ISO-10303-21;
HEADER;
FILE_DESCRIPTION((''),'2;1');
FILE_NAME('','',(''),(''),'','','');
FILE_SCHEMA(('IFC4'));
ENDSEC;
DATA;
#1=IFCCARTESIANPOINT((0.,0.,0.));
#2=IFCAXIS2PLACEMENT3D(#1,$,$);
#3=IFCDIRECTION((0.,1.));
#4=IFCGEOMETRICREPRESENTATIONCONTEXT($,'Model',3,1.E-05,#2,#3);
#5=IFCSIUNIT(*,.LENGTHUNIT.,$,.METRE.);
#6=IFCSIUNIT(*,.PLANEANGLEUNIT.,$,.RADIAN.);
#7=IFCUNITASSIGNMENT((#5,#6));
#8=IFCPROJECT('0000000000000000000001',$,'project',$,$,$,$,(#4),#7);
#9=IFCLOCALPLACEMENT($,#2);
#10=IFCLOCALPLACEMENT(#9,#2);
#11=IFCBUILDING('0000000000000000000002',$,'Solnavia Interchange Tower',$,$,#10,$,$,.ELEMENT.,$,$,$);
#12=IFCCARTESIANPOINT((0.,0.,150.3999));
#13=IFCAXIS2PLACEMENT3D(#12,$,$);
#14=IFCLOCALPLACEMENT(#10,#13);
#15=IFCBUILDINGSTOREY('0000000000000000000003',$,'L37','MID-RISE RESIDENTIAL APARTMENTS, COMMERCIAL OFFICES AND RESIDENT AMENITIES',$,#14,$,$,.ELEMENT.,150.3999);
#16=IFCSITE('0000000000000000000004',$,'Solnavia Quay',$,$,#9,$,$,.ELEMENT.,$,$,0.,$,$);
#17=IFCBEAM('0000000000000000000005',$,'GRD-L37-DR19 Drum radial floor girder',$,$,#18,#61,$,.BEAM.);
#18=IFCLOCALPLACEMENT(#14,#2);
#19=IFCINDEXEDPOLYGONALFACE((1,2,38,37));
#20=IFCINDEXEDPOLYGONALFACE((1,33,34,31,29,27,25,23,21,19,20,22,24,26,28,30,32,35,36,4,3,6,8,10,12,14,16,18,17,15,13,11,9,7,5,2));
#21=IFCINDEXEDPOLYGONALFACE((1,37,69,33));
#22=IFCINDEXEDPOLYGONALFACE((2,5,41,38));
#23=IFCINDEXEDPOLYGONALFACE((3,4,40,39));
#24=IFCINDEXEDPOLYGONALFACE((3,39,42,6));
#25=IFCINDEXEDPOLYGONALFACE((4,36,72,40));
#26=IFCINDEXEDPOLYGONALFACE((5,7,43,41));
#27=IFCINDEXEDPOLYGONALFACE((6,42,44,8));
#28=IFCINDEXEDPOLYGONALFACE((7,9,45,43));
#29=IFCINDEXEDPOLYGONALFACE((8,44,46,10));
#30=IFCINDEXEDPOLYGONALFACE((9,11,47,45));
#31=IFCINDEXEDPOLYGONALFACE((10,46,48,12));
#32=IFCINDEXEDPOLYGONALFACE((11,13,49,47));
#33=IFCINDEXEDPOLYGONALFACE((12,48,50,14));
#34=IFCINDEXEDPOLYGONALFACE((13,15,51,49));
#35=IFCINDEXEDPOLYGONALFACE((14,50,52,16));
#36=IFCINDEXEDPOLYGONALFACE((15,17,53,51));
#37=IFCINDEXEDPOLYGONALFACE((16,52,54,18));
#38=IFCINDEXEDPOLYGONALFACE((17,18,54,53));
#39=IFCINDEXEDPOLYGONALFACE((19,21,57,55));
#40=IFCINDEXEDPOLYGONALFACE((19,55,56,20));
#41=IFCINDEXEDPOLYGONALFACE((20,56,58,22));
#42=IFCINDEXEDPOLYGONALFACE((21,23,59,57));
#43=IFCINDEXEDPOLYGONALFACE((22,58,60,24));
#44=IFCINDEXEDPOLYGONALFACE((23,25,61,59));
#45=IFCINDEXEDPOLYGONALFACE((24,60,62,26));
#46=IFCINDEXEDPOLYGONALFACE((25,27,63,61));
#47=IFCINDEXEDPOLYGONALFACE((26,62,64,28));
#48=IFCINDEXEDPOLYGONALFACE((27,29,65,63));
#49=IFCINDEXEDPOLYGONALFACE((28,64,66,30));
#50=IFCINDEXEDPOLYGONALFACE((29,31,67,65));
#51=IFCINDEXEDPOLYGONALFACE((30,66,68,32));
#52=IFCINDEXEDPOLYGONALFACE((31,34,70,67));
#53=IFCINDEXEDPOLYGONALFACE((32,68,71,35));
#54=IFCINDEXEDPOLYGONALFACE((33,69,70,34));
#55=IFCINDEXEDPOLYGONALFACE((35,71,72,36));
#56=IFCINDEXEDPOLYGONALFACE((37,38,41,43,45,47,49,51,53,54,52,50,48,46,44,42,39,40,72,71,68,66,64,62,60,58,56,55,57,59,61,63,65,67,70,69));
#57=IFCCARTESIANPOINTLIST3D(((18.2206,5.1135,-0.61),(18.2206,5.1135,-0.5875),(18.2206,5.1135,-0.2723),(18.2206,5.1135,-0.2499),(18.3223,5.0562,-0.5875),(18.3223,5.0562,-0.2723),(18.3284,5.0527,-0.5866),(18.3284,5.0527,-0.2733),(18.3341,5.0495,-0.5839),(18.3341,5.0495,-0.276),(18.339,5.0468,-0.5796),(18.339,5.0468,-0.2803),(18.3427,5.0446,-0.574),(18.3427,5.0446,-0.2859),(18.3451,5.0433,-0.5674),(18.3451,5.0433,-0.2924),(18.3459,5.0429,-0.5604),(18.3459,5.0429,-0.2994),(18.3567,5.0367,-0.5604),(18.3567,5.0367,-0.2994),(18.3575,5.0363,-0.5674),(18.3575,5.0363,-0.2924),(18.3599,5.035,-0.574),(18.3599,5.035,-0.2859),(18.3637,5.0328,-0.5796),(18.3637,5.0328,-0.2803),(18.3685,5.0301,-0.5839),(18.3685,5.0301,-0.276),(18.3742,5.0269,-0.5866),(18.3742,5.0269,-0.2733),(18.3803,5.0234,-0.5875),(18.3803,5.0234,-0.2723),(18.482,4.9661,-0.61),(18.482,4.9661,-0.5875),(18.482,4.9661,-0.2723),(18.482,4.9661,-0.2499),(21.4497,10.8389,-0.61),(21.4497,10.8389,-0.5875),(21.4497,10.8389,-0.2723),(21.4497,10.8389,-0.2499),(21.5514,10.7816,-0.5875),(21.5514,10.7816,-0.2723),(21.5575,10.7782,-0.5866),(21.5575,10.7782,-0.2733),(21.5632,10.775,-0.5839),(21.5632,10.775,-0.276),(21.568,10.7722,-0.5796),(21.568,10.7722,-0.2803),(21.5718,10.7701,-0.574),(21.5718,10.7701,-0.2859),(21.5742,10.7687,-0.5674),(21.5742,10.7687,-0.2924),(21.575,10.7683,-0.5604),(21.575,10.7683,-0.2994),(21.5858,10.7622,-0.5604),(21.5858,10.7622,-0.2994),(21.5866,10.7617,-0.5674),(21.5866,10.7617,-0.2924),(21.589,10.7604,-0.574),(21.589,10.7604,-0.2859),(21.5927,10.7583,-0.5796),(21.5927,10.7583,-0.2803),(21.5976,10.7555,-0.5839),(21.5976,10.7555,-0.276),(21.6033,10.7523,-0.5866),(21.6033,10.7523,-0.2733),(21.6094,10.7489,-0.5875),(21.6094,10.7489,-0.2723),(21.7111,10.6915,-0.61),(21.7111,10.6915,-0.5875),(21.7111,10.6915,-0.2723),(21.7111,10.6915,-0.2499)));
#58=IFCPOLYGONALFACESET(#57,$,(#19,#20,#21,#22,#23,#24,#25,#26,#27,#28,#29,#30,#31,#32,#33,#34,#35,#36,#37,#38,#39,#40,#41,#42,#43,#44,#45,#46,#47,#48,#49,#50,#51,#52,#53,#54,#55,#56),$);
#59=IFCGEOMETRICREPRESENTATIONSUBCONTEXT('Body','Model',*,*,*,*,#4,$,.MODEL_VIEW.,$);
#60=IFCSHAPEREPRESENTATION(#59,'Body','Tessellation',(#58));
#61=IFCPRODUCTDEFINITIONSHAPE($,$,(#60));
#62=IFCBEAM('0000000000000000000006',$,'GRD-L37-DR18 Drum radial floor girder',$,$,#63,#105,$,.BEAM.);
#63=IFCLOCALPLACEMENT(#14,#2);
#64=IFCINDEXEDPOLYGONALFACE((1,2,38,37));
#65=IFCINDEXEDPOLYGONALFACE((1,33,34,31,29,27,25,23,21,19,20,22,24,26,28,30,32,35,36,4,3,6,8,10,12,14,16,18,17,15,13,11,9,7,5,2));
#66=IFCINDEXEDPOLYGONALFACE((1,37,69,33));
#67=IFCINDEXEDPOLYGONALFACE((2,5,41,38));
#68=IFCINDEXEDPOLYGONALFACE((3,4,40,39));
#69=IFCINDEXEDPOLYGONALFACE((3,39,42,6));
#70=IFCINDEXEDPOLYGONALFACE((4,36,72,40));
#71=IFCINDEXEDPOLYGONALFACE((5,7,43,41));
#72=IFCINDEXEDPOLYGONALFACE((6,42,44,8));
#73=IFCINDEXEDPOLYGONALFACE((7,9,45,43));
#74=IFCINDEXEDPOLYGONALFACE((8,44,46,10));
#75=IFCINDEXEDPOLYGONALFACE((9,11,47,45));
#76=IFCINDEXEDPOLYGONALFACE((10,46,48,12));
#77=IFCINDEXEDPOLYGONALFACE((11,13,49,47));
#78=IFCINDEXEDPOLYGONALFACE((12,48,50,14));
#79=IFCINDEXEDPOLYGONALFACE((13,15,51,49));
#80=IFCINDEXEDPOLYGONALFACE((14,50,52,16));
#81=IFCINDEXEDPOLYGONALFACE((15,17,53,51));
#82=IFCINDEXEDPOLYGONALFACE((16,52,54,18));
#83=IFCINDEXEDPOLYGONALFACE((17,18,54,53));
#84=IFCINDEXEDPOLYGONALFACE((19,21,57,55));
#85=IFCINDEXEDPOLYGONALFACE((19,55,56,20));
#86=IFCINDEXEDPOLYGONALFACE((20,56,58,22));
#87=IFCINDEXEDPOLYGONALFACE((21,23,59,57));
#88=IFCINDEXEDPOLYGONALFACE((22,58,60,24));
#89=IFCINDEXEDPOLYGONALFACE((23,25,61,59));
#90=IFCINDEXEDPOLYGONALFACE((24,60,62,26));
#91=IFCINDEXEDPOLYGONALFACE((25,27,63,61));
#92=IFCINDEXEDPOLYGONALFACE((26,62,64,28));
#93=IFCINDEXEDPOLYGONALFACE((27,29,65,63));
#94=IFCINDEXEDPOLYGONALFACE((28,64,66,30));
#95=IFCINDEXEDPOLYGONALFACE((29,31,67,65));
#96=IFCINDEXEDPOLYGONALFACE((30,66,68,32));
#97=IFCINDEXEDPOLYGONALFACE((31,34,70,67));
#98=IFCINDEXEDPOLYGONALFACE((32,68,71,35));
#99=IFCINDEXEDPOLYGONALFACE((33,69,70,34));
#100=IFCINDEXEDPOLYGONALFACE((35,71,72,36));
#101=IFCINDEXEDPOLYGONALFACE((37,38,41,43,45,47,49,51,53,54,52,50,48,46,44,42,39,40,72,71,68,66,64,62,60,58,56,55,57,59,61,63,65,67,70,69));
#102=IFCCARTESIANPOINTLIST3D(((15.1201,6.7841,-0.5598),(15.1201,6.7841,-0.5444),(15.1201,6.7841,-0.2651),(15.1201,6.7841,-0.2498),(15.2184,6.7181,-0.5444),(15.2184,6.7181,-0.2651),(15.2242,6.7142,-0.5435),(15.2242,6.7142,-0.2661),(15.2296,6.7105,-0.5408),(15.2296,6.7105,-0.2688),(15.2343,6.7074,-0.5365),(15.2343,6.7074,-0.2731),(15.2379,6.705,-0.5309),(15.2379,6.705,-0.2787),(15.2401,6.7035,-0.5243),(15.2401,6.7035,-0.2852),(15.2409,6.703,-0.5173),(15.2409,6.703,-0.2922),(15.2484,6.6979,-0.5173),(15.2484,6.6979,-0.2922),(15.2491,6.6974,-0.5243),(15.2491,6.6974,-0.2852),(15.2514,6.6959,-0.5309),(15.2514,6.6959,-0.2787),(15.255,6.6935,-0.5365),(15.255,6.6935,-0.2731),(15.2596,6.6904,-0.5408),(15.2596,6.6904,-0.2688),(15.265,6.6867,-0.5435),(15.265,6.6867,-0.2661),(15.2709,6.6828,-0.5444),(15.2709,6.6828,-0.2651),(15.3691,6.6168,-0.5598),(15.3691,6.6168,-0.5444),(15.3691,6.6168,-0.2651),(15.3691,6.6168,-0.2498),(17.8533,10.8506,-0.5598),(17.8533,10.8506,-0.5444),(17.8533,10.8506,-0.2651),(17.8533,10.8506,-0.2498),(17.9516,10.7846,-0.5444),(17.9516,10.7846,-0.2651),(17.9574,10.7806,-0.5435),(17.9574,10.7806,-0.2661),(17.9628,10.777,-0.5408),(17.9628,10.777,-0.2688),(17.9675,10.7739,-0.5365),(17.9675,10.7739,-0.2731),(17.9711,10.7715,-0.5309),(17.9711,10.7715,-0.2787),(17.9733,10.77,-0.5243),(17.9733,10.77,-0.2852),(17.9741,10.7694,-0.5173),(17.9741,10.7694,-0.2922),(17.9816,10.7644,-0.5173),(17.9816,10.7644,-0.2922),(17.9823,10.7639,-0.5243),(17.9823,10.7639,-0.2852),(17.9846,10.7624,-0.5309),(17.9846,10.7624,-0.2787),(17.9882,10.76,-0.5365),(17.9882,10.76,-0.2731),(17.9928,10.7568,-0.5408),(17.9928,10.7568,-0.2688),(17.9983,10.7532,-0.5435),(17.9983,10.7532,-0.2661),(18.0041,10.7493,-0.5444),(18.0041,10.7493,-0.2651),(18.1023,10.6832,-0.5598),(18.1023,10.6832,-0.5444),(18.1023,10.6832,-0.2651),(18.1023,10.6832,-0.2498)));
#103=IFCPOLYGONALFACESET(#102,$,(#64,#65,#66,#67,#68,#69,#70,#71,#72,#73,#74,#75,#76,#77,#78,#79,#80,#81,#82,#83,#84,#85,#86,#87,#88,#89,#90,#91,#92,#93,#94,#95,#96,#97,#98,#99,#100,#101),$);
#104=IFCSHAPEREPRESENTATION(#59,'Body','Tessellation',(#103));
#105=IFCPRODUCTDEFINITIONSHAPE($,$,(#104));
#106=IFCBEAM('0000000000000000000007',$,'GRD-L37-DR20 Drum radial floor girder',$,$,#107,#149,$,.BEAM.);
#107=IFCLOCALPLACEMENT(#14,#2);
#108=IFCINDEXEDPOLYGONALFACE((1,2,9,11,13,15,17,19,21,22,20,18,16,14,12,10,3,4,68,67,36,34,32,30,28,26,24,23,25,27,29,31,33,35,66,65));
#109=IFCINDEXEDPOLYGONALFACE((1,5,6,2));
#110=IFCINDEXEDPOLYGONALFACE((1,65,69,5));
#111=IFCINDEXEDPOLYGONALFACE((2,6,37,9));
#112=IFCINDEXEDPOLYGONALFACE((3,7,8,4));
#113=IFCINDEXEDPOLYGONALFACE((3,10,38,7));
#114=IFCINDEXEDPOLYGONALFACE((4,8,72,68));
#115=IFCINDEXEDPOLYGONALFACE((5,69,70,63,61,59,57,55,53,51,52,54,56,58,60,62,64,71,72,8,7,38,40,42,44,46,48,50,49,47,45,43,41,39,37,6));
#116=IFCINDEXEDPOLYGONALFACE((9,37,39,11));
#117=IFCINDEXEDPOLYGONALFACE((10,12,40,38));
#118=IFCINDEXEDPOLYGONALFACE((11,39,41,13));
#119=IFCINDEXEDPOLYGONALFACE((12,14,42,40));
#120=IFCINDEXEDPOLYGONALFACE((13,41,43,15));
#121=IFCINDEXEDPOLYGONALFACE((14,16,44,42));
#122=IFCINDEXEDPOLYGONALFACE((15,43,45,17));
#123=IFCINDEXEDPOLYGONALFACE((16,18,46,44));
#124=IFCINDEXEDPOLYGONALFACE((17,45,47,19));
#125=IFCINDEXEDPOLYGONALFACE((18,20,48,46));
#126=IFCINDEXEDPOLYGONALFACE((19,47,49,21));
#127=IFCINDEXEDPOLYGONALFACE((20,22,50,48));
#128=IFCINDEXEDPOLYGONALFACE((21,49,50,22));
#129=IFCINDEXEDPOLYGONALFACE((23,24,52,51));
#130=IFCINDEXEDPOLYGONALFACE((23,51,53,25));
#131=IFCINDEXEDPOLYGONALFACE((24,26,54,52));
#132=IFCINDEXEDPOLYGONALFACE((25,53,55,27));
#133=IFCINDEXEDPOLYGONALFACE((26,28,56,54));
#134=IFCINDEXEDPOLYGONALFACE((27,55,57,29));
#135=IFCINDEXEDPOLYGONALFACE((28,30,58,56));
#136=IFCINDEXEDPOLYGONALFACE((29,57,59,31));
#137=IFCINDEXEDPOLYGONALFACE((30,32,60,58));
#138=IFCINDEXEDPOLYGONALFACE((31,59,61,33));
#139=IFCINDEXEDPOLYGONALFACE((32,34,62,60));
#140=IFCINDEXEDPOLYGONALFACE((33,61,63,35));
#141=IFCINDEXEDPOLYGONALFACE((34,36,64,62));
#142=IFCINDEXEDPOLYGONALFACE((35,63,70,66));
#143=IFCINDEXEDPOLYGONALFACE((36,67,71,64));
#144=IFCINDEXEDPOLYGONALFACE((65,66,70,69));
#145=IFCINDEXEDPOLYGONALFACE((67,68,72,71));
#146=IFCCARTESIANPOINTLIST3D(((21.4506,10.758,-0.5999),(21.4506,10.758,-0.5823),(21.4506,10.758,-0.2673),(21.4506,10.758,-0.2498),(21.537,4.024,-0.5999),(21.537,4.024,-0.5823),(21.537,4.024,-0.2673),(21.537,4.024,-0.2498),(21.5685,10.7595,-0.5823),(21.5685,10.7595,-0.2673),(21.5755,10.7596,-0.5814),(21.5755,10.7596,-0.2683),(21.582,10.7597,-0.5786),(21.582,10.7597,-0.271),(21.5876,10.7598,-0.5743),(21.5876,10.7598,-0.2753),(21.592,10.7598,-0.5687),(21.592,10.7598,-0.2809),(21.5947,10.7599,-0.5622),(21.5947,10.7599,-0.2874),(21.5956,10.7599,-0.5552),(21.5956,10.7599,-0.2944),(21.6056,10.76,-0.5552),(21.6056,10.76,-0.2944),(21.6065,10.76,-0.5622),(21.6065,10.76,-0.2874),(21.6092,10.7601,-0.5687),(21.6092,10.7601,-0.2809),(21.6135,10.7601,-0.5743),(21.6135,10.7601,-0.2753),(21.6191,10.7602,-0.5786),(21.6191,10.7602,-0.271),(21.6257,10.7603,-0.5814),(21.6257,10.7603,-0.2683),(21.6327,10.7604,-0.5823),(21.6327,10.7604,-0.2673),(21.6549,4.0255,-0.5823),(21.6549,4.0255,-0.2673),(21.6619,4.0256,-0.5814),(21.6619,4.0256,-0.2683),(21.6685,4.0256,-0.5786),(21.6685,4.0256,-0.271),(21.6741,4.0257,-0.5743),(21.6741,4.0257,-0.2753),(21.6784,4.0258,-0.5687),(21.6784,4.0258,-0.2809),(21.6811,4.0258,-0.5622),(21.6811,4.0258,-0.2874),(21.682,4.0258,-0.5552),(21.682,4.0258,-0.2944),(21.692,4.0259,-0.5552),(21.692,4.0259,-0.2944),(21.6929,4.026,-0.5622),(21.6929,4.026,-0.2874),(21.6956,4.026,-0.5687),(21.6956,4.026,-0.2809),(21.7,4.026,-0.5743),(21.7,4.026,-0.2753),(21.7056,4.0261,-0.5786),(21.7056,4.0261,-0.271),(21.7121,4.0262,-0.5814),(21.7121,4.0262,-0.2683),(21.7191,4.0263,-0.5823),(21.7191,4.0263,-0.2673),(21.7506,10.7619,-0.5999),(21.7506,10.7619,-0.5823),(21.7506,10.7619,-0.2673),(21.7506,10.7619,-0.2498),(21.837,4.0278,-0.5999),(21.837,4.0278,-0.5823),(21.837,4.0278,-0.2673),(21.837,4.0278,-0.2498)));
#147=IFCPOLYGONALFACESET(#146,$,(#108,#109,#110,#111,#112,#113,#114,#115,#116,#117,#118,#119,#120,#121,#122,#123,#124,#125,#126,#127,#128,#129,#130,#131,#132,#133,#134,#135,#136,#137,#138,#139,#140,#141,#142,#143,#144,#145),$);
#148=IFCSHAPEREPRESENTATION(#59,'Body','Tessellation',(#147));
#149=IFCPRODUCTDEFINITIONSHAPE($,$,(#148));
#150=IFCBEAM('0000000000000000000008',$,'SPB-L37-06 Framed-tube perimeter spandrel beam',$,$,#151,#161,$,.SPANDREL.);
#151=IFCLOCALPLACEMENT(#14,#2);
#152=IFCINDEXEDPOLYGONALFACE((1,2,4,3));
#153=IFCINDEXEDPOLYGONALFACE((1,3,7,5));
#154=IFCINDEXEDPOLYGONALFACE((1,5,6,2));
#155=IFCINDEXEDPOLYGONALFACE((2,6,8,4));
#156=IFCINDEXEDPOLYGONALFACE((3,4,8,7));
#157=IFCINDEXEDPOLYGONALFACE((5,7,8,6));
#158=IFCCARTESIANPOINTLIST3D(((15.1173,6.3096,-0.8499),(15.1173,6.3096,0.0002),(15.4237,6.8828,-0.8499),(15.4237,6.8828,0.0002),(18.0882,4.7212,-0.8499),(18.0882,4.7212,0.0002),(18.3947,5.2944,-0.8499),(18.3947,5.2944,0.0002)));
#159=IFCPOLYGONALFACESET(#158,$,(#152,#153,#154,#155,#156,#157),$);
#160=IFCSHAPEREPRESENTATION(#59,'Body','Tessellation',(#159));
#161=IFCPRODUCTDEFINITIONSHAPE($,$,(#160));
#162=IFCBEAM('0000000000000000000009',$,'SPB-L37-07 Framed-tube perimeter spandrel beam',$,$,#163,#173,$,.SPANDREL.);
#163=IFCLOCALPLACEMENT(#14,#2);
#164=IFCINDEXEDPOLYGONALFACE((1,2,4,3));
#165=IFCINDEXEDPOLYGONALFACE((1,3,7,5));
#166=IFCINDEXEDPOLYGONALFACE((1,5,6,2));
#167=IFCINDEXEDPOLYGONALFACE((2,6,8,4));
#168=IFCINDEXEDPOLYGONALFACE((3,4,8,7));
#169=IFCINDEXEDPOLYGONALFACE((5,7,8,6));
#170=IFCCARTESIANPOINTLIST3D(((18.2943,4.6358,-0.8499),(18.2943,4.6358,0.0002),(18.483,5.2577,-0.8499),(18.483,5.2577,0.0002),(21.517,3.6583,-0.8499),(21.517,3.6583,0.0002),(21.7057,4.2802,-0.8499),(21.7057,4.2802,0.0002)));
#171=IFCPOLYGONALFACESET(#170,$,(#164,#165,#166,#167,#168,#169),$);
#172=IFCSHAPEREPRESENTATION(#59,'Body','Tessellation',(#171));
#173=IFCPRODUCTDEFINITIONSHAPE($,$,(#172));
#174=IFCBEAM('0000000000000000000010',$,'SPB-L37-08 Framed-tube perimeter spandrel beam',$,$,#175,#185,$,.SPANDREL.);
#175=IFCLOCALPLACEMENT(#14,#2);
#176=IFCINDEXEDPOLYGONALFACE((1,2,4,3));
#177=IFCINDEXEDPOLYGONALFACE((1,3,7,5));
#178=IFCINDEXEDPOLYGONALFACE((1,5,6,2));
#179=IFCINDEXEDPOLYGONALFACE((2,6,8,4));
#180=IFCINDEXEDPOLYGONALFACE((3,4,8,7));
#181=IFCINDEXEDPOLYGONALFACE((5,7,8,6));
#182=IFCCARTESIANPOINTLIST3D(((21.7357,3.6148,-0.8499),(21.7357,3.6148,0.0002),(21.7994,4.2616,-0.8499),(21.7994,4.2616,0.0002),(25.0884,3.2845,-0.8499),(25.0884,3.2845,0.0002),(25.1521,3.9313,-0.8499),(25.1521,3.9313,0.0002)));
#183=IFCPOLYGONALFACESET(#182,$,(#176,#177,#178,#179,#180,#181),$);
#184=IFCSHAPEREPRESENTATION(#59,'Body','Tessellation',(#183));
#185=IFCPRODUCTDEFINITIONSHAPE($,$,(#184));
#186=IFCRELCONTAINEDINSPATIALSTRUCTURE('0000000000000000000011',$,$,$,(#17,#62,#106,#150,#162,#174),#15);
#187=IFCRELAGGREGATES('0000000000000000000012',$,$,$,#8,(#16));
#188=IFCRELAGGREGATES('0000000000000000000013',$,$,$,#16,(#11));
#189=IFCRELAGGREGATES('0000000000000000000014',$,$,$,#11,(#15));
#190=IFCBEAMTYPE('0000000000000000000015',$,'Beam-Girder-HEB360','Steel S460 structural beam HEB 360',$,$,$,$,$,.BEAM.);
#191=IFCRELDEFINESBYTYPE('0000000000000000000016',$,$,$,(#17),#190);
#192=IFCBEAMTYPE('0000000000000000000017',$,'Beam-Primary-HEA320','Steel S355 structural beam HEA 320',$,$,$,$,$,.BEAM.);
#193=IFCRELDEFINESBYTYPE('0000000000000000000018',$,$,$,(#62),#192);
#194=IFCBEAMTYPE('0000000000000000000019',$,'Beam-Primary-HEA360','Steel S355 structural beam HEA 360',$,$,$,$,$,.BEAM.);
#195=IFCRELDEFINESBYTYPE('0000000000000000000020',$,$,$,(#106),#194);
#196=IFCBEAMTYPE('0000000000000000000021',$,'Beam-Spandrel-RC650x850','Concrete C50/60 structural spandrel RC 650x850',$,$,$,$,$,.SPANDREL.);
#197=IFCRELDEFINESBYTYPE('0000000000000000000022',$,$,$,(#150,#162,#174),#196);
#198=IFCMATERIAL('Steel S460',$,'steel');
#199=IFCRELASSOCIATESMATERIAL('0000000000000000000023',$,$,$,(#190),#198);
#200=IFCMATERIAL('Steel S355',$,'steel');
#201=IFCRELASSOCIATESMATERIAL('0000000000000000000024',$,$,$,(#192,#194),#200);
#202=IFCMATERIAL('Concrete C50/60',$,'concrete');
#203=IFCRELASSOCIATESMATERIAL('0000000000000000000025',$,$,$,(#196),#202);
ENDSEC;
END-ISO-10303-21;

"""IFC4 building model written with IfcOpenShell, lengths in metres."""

from ifc_helpers import new_model, si_unit, direction, frame, origin, origin_2d, place, context, subcontext, project, spatial, rectangle, i_section, extrude, material, material_profile, profile_set, type_object, element, save


model = new_model("IFC4")

# Units and contexts
model_context = context("Model", 3, precision=1e-05, world=origin(), true_north=direction((0.0, 1.0)))
body_context = subcontext(model_context, "Body", "Model", "MODEL_VIEW")
ifc_project = project(units=[si_unit("LENGTHUNIT", "METRE"), si_unit("PLANEANGLEUNIT", "RADIAN")], contexts=[model_context])

# Site, building, storey
site_placement = place(None, origin())
site = spatial("IfcSite", under=ifc_project, at=site_placement, Name="Solnavia Quay", CompositionType="ELEMENT", RefElevation=0.0)
building_placement = place(site_placement, origin())
building = spatial("IfcBuilding", under=site, at=building_placement, Name="Solnavia Interchange Tower", CompositionType="ELEMENT")
storey_placement = place(building_placement, frame((0.0, 0.0, 150.3999)))
storey = spatial("IfcBuildingStorey", under=building, at=storey_placement, Name="L37", Description="MID-RISE RESIDENTIAL APARTMENTS, COMMERCIAL OFFICES AND RESIDENT AMENITIES", CompositionType="ELEMENT", Elevation=150.3999)

# Shared definitions
ifc_material_1 = material(Name="Concrete C50/60", Category="concrete")
ifc_material_2 = material(Name="Steel S355", Category="steel")

# Beams
ifc_material_3 = material(Name="Steel S460", Category="steel")
ifc_material_profile_1 = material_profile(ifc_material_3, i_section(OverallWidth=0.3, OverallDepth=0.3601, WebThickness=0.0125, FlangeThickness=0.0225, FilletRadius=0.0271, at=origin_2d()), Name="HEB 360")
ifc_profile_set_1 = profile_set([ifc_material_profile_1], Name="Steel S460")
beam_type_1 = type_object("IfcBeamType", Name="Beam-Girder-HEB360", Description="Steel S460 structural beam HEB 360", PredefinedType="BEAM", material=ifc_profile_set_1)
beam_1_placement = place(storey_placement, frame((18.3513, 5.0398, -0.4299), z_axis=(0.491243, 0.871022, 0.0), x_axis=(-0.871022, 0.491243, 0.0)))
element("IfcBeam", 1, at=beam_1_placement, inside=storey, type_object=beam_type_1, Name="GRD-L37-DR19 Drum radial floor girder", PredefinedType="BEAM", context=body_context, shape_type="SweptSolid", body=[
    extrude(i_section(OverallWidth=0.3, OverallDepth=0.3601, WebThickness=0.0125, FlangeThickness=0.0225, FilletRadius=0.0271, at=origin_2d()), origin(), (0.0, 0.0, 1.0), 6.5732),
])
ifc_material_profile_2 = material_profile(ifc_material_2, i_section(OverallWidth=0.3, OverallDepth=0.3101, WebThickness=0.009, FlangeThickness=0.0154, FilletRadius=0.0271, at=origin_2d()), Name="HEA 320")
ifc_profile_set_2 = profile_set([ifc_material_profile_2], Name="Steel S355")
beam_type_2 = type_object("IfcBeamType", Name="Beam-Primary-HEA320", Description="Steel S355 structural beam HEA 320", PredefinedType="BEAM", material=ifc_profile_set_2)
beam_2_placement = place(storey_placement, frame((15.2446, 6.7004, -0.4048), z_axis=(0.557835, 0.829952, 0.0), x_axis=(-0.829952, 0.557835, 0.0)))
element("IfcBeam", 2, at=beam_2_placement, inside=storey, type_object=beam_type_2, Name="GRD-L37-DR18 Drum radial floor girder", PredefinedType="BEAM", context=body_context, shape_type="SweptSolid", body=[
    extrude(i_section(OverallWidth=0.3, OverallDepth=0.3101, WebThickness=0.009, FlangeThickness=0.0154, FilletRadius=0.0271, at=origin_2d()), origin(), (0.0, 0.0, 1.0), 4.8997),
])
ifc_material_profile_3 = material_profile(ifc_material_2, i_section(OverallWidth=0.3, OverallDepth=0.3501, WebThickness=0.01, FlangeThickness=0.0176, FilletRadius=0.0271, at=origin_2d()), Name="HEA 360")
ifc_profile_set_3 = profile_set([ifc_material_profile_3], Name="Steel S355")
beam_type_3 = type_object("IfcBeamType", Name="Beam-Primary-HEA360", Description="Steel S355 structural beam HEA 360", PredefinedType="BEAM", material=ifc_profile_set_3)
beam_3_placement = place(storey_placement, frame((21.687, 4.0259, -0.4248), z_axis=(-0.012833, 0.999918, 0.0), x_axis=(-0.999918, -0.012833, 0.0)))
element("IfcBeam", 3, at=beam_3_placement, inside=storey, type_object=beam_type_3, Name="GRD-L37-DR20 Drum radial floor girder", PredefinedType="BEAM", context=body_context, shape_type="SweptSolid", body=[
    extrude(i_section(OverallWidth=0.3, OverallDepth=0.3501, WebThickness=0.01, FlangeThickness=0.0176, FilletRadius=0.0271, at=origin_2d()), origin(), (0.0, 0.0, 1.0), 6.7346),
])
ifc_material_profile_4 = material_profile(ifc_material_1, rectangle(XDim=0.6499, YDim=0.8501, at=origin_2d()), Name="RC 650x850")
ifc_profile_set_4 = profile_set([ifc_material_profile_4], Name="Concrete C50/60")
beam_type_4 = type_object("IfcBeamType", Name="Beam-Spandrel-RC650x850", Description="Concrete C50/60 structural spandrel RC 650x850", PredefinedType="SPANDREL", material=ifc_profile_set_4)
beam_4_placement = place(storey_placement, frame((15.2705, 6.5962, -0.4248), z_axis=(0.881875, -0.471483, 0.0), x_axis=(0.471483, 0.881875, 0.0)))
element("IfcBeam", 4, at=beam_4_placement, inside=storey, type_object=beam_type_4, Name="SPB-L37-06 Framed-tube perimeter spandrel beam", PredefinedType="SPANDREL", context=body_context, shape_type="SweptSolid", body=[
    extrude(rectangle(XDim=0.6499, YDim=0.8501, at=origin_2d()), origin(), (0.0, 0.0, 1.0), 3.3689),
])
beam_5_placement = place(storey_placement, frame((18.3887, 4.9468, -0.4248), z_axis=(0.956944, -0.290273, 0.0), x_axis=(0.290273, 0.956944, 0.0)))
element("IfcBeam", 5, at=beam_5_placement, inside=storey, type_object=beam_type_4, Name="SPB-L37-07 Framed-tube perimeter spandrel beam", PredefinedType="SPANDREL", context=body_context, shape_type="SweptSolid", body=[
    extrude(rectangle(XDim=0.6499, YDim=0.8501, at=origin_2d()), origin(), (0.0, 0.0, 1.0), 3.3677),
])
beam_6_placement = place(storey_placement, frame((21.7676, 3.9382, -0.4248), z_axis=(0.995182, -0.098047, 0.0), x_axis=(0.098047, 0.995182, 0.0)))
element("IfcBeam", 6, at=beam_6_placement, inside=storey, type_object=beam_type_4, Name="SPB-L37-08 Framed-tube perimeter spandrel beam", PredefinedType="SPANDREL", context=body_context, shape_type="SweptSolid", body=[
    extrude(rectangle(XDim=0.6499, YDim=0.8501, at=origin_2d()), origin(), (0.0, 0.0, 1.0), 3.3689),
])

save(model, "model.ifc")
